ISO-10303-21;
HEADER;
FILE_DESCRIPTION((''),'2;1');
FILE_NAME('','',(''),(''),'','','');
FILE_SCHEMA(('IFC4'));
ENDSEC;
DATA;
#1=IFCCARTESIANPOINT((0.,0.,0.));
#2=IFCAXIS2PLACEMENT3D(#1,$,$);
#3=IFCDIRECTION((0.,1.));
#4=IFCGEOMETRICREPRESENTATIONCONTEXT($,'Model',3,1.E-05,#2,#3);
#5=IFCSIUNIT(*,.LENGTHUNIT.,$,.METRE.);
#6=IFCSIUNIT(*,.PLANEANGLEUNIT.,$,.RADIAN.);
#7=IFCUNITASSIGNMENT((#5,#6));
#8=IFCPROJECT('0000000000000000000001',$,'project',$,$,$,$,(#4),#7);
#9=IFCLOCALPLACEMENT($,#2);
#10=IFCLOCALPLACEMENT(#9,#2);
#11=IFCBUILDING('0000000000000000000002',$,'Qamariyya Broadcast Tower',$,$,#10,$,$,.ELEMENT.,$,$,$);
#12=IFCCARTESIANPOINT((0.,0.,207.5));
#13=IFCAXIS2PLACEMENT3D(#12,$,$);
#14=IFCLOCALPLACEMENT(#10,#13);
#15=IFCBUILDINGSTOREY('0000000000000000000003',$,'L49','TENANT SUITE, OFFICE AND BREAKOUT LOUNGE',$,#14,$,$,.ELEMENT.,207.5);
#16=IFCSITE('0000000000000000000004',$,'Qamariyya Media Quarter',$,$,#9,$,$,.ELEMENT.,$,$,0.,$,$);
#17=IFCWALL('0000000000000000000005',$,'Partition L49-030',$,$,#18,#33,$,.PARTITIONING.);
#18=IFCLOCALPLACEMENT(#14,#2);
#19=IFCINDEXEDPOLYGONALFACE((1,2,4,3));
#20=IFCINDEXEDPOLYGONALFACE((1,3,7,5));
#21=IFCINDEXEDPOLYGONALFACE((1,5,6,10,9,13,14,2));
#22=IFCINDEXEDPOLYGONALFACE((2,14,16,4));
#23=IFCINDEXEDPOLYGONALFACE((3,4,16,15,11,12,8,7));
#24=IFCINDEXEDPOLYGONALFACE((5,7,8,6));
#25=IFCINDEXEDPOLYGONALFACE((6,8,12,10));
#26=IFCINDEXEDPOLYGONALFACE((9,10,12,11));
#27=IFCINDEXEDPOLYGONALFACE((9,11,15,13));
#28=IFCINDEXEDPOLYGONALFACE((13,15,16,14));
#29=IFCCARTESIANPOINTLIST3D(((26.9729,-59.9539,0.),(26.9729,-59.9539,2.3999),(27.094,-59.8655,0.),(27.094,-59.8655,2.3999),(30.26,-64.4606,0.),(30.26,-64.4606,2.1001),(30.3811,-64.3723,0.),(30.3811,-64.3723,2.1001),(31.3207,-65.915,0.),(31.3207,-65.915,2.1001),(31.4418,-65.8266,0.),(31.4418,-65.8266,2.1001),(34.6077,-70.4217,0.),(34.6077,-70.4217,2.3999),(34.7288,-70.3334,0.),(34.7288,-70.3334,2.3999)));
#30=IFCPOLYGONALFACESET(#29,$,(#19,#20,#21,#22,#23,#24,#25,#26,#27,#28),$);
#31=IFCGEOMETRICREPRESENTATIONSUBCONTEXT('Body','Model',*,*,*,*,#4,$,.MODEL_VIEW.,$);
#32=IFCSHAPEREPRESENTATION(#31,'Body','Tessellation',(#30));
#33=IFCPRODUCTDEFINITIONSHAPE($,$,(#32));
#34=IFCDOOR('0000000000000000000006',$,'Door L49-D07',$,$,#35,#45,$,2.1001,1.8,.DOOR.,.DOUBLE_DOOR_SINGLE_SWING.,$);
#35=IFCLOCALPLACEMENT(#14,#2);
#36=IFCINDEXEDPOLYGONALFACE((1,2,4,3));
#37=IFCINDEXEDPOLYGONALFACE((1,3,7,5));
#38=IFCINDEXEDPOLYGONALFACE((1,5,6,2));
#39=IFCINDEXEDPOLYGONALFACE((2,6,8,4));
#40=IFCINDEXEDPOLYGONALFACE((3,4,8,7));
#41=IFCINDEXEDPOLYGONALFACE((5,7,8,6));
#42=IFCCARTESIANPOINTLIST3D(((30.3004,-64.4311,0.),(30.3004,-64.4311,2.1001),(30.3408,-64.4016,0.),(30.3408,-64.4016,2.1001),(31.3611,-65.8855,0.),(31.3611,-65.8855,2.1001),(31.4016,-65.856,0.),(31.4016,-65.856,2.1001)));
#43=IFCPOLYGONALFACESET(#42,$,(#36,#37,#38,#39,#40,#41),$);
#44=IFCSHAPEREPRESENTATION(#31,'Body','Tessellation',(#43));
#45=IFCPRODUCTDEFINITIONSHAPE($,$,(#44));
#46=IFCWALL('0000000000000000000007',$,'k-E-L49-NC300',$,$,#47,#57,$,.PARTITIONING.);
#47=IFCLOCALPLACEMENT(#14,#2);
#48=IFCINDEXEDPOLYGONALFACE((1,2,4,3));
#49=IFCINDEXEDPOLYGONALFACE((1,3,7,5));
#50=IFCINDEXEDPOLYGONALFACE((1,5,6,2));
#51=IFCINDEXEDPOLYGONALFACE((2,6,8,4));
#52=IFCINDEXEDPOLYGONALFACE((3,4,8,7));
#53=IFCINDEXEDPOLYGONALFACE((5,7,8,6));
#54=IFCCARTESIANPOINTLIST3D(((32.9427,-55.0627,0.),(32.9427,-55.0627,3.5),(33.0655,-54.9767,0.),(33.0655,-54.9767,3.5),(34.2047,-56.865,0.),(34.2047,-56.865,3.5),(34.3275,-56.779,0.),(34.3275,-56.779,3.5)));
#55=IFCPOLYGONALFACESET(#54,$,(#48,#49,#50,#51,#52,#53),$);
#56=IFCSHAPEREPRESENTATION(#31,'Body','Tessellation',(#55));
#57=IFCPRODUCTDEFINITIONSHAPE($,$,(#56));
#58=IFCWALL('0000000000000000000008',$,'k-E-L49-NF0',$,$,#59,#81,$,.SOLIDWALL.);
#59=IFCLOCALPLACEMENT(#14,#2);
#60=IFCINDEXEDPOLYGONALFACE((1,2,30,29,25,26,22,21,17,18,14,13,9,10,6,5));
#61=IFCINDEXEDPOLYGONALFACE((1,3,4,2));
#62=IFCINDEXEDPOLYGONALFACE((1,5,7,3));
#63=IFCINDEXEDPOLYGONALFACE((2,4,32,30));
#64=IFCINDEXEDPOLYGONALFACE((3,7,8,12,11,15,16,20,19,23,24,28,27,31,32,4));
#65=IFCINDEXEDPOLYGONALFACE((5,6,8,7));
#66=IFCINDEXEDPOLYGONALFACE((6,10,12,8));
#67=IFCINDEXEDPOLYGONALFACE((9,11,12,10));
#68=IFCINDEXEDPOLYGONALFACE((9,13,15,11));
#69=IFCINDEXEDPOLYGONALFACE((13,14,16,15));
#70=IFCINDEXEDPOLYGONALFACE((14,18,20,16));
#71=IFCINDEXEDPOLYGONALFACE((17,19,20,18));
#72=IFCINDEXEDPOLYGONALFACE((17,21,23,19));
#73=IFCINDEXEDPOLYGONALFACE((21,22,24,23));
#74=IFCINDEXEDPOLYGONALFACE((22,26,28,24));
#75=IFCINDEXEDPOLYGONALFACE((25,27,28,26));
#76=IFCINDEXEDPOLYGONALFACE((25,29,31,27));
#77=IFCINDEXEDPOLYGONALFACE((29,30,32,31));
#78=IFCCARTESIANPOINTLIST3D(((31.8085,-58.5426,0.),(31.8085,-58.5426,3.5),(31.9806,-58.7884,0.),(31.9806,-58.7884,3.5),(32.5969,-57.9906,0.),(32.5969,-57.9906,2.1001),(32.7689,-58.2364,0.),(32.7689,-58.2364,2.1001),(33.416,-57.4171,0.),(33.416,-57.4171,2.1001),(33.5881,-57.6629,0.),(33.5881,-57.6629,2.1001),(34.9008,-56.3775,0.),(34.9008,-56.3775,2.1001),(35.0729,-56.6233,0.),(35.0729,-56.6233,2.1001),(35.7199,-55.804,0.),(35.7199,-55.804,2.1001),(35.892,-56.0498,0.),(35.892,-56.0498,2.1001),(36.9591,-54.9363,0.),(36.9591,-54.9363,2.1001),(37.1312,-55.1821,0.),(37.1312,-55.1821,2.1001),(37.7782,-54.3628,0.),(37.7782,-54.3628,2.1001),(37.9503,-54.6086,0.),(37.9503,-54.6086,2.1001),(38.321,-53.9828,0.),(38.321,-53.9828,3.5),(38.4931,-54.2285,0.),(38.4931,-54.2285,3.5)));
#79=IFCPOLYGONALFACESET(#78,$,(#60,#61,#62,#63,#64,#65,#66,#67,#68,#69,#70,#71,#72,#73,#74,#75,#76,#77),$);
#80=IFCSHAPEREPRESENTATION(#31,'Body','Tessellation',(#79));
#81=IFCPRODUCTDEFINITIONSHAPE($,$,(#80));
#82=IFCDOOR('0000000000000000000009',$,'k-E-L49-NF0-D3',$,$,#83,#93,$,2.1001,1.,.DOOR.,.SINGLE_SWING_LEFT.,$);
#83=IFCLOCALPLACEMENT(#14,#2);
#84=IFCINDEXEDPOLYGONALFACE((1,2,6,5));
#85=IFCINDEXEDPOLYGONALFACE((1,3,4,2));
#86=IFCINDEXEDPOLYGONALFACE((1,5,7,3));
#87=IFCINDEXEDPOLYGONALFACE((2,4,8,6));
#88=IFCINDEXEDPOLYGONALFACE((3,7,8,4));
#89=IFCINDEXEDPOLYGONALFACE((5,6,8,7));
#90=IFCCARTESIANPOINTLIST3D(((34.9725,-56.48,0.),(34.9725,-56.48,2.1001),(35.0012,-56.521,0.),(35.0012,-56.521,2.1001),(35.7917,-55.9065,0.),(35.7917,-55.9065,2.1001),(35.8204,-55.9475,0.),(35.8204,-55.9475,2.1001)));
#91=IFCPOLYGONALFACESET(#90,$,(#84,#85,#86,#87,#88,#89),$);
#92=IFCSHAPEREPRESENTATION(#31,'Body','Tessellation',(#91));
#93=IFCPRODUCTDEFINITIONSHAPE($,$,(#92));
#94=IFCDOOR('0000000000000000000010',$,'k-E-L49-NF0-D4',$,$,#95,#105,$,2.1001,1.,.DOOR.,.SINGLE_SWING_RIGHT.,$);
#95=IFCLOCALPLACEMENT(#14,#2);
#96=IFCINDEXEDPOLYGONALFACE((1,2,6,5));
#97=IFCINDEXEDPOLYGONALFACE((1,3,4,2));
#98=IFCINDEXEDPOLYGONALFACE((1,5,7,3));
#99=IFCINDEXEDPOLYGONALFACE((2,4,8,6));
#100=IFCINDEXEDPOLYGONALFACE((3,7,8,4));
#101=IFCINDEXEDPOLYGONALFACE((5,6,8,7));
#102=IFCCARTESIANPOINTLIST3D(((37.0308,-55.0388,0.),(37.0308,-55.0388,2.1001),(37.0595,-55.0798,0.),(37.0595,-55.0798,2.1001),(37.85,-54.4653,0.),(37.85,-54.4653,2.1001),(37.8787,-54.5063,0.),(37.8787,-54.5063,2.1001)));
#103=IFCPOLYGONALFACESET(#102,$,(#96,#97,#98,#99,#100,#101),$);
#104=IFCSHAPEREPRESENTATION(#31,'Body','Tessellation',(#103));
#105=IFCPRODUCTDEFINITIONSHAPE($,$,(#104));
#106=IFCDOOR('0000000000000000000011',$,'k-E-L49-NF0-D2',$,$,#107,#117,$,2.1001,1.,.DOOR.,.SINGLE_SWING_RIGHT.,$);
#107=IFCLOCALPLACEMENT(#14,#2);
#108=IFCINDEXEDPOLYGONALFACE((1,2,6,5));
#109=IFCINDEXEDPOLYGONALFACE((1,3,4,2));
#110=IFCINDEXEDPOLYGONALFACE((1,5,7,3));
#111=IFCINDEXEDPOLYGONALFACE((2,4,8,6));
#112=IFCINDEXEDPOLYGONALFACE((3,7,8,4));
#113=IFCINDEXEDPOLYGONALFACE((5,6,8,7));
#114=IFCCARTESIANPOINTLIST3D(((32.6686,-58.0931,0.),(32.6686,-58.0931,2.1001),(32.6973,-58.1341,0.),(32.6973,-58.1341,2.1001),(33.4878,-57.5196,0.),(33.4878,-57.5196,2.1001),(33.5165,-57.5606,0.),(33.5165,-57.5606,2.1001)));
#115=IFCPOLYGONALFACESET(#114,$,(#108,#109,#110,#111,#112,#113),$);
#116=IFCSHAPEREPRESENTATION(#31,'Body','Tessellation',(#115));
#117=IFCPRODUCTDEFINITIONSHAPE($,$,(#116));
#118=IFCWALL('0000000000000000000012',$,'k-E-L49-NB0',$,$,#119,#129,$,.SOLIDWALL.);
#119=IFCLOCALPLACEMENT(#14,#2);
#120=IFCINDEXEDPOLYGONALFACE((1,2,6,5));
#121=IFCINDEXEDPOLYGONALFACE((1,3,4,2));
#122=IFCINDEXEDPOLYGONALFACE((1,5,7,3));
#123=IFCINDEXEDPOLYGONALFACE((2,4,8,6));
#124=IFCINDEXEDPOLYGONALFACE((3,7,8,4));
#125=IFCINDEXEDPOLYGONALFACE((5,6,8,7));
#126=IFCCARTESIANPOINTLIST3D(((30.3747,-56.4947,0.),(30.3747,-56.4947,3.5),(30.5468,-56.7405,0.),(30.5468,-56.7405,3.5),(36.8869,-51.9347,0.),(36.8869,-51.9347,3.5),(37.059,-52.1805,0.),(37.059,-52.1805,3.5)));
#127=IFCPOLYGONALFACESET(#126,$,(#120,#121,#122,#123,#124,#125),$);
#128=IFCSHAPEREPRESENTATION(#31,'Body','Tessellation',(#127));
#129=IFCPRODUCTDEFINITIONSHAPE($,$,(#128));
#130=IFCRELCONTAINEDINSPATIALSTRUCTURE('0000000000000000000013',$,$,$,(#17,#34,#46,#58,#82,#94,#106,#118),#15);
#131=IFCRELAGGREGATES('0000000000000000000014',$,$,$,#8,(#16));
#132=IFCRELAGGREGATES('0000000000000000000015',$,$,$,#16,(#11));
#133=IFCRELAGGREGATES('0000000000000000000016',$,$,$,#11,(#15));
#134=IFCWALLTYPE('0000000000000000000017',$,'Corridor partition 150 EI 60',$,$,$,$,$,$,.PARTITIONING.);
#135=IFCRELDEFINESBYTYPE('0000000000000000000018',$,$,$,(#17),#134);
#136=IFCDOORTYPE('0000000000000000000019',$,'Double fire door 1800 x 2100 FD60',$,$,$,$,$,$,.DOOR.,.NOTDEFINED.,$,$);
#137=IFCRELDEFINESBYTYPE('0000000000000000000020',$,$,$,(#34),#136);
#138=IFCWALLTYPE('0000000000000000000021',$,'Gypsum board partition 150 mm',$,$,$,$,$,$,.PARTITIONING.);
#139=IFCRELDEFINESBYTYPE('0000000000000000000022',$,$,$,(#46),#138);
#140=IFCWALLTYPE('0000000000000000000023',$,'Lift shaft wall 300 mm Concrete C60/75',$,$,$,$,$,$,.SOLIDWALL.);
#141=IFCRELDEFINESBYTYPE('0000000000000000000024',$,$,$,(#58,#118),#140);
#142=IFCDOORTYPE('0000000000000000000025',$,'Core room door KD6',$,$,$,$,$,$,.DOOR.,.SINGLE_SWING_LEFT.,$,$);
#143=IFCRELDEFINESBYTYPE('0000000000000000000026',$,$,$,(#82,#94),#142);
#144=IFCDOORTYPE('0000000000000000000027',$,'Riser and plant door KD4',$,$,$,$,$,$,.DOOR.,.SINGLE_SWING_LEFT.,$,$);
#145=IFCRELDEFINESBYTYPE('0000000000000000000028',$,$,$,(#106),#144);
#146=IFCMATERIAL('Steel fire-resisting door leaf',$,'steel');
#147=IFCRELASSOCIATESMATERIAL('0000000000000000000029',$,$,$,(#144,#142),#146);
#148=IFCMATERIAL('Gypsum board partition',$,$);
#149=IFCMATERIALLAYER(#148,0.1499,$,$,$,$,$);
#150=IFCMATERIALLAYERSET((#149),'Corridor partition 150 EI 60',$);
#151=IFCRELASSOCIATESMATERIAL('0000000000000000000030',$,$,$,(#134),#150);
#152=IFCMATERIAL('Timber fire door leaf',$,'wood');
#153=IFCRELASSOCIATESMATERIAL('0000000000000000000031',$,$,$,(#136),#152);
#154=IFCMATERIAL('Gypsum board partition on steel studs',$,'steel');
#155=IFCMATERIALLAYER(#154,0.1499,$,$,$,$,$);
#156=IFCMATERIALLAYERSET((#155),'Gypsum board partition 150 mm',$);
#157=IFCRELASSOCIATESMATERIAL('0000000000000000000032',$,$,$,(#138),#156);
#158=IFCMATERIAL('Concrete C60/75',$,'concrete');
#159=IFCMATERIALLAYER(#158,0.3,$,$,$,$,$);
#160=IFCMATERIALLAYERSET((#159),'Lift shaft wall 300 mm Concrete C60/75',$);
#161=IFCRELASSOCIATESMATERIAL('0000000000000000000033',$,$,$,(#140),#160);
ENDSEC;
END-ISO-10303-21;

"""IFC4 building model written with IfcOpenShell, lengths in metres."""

from ifc_helpers import new_model, si_unit, direction, frame, frame_2d, origin, place, context, subcontext, project, spatial, rectangle, extrude, material, layer, layer_set, type_object, element, fill, save


model = new_model("IFC4")

# Units and contexts
model_context = context("Model", 3, precision=1e-05, world=origin(), true_north=direction((0.0, 1.0)))
body_context = subcontext(model_context, "Body", "Model", "MODEL_VIEW")
ifc_project = project(units=[si_unit("LENGTHUNIT", "METRE"), si_unit("PLANEANGLEUNIT", "RADIAN")], contexts=[model_context])

# Site, building, storey
site_placement = place(None, origin())
site = spatial("IfcSite", under=ifc_project, at=site_placement, Name="Qamariyya Media Quarter", CompositionType="ELEMENT", RefElevation=0.0)
building_placement = place(site_placement, origin())
building = spatial("IfcBuilding", under=site, at=building_placement, Name="Qamariyya Broadcast Tower", CompositionType="ELEMENT")
storey_placement = place(building_placement, frame((0.0, 0.0, 207.5)))
storey = spatial("IfcBuildingStorey", under=building, at=storey_placement, Name="L49", Description="TENANT SUITE, OFFICE AND BREAKOUT LOUNGE", CompositionType="ELEMENT", Elevation=207.5)

# Shared definitions
ifc_material_1 = material(Name="Concrete C60/75", Category="concrete")

# Shared definitions
ifc_material_2 = material(Name="Steel fire-resisting door leaf", Category="steel")

# Shared definitions
door_type_1 = type_object("IfcDoorType", Name="Riser and plant door KD4", OperationType="SINGLE_SWING_LEFT", PredefinedType="DOOR", material=ifc_material_2)

# Wall, opening, door
ifc_material_3 = material(Name="Gypsum board partition")
ifc_layer_1 = layer(ifc_material_3, 0.1499)
ifc_layer_set_1 = layer_set([ifc_layer_1], Name="Corridor partition 150 EI 60")
wall_type_1 = type_object("IfcWallType", Name="Corridor partition 150 EI 60", PredefinedType="PARTITIONING", material=ifc_layer_set_1)
wall_1_placement = place(storey_placement, frame((34.6682, -70.3774, 0.0), z_axis=(0.0, 0.0, 1.0), x_axis=(-0.589274, 0.807934, 0.0)))
wall_1 = element("IfcWall", 1, at=wall_1_placement, inside=storey, type_object=wall_type_1, Name="Partition L49-030", PredefinedType="PARTITIONING", context=body_context, shape_type="SweptSolid", body=[
    extrude(rectangle(XDim=12.9563, YDim=0.1499, at=frame_2d((6.478, 0.0))), origin(), (0.0, 0.0, 1.0), 2.3999),
])
opening_1_placement = place(wall_1_placement, frame((5.5781, 0.0, 0.0)))
opening_1 = element("IfcOpeningElement", 2, at=opening_1_placement, cuts=wall_1, PredefinedType="OPENING", context=body_context, shape_type="SweptSolid", body=[
    extrude(rectangle(XDim=1.8, YDim=2.1001, at=frame_2d((0.8999, 1.05))), frame((0.0, 0.085, 0.0), z_axis=(0.0, -1.0, 0.0), x_axis=(1.0, 0.0, 0.0)), (0.0, 0.0, 1.0), 0.1699),
])
ifc_material_4 = material(Name="Timber fire door leaf", Category="wood")
door_type_2 = type_object("IfcDoorType", Name="Double fire door 1800 x 2100 FD60", OperationType="NOTDEFINED", PredefinedType="DOOR", material=ifc_material_4)
door_1_placement = place(opening_1_placement, origin())
door_1 = element("IfcDoor", 3, at=door_1_placement, inside=storey, type_object=door_type_2, Name="Door L49-D07", OperationType="DOUBLE_DOOR_SINGLE_SWING", OverallHeight=2.1001, OverallWidth=1.8, PredefinedType="DOOR", context=body_context, shape_type="SweptSolid", body=[
    extrude(rectangle(XDim=1.8, YDim=2.1001, at=frame_2d((0.8999, 1.05))), frame((0.0, 0.0249, 0.0), z_axis=(0.0, -1.0, 0.0), x_axis=(1.0, 0.0, 0.0)), (0.0, 0.0, 1.0), 0.05),
])
fill(opening_1, door_1)

# Wall
ifc_material_5 = material(Name="Gypsum board partition on steel studs", Category="steel")
ifc_layer_2 = layer(ifc_material_5, 0.1499)
ifc_layer_set_2 = layer_set([ifc_layer_2], Name="Gypsum board partition 150 mm")
wall_type_2 = type_object("IfcWallType", Name="Gypsum board partition 150 mm", PredefinedType="PARTITIONING", material=ifc_layer_set_2)
wall_2_placement = place(storey_placement, frame((34.2661, -56.822, 0.0), z_axis=(0.0, 0.0, 1.0), x_axis=(-0.573581, 0.819149, 0.0)))
element("IfcWall", 4, at=wall_2_placement, inside=storey, type_object=wall_type_2, Name="k-E-L49-NC300", PredefinedType="PARTITIONING", context=body_context, shape_type="SweptSolid", body=[
    extrude(rectangle(XDim=2.2002, YDim=0.1499, at=frame_2d((1.1001, 0.0))), origin(), (0.0, 0.0, 1.0), 3.5),
])

# Wall, openings, doors
ifc_layer_3 = layer(ifc_material_1, 0.3)
ifc_layer_set_3 = layer_set([ifc_layer_3], Name="Lift shaft wall 300 mm Concrete C60/75")
wall_type_3 = type_object("IfcWallType", Name="Lift shaft wall 300 mm Concrete C60/75", PredefinedType="SOLIDWALL", material=ifc_layer_set_3)
wall_3_placement = place(storey_placement, frame((31.8945, -58.6655, 0.0), z_axis=(0.0, 0.0, 1.0), x_axis=(0.819167, 0.573555, 0.0)))
wall_3 = element("IfcWall", 5, at=wall_3_placement, inside=storey, type_object=wall_type_3, Name="k-E-L49-NF0", PredefinedType="SOLIDWALL", context=body_context, shape_type="SweptSolid", body=[
    extrude(rectangle(XDim=7.9502, YDim=0.3, at=frame_2d((3.9751, 0.0))), origin(), (0.0, 0.0, 1.0), 3.5),
])
opening_2_placement = place(wall_3_placement, frame((0.9624, 0.0, 0.0)))
opening_2 = element("IfcOpeningElement", 6, at=opening_2_placement, cuts=wall_3, PredefinedType="OPENING", context=body_context, shape_type="SweptSolid", body=[
    extrude(rectangle(XDim=1.0, YDim=2.1001, at=frame_2d((0.5, 1.05))), frame((0.0, 0.1599, 0.0), z_axis=(0.0, -1.0, 0.0), x_axis=(1.0, 0.0, 0.0)), (0.0, 0.0, 1.0), 0.3201),
])
opening_3_placement = place(wall_3_placement, frame((3.7749, 0.0, 0.0)))
opening_3 = element("IfcOpeningElement", 7, at=opening_3_placement, cuts=wall_3, PredefinedType="OPENING", context=body_context, shape_type="SweptSolid", body=[
    extrude(rectangle(XDim=1.0, YDim=2.1001, at=frame_2d((0.5, 1.05))), frame((0.0, 0.1599, 0.0), z_axis=(0.0, -1.0, 0.0), x_axis=(1.0, 0.0, 0.0)), (0.0, 0.0, 1.0), 0.3201),
])
opening_4_placement = place(wall_3_placement, frame((6.2876, 0.0, 0.0)))
opening_4 = element("IfcOpeningElement", 8, at=opening_4_placement, cuts=wall_3, PredefinedType="OPENING", context=body_context, shape_type="SweptSolid", body=[
    extrude(rectangle(XDim=1.0, YDim=2.1001, at=frame_2d((0.5, 1.05))), frame((0.0, 0.1599, 0.0), z_axis=(0.0, -1.0, 0.0), x_axis=(1.0, 0.0, 0.0)), (0.0, 0.0, 1.0), 0.3201),
])
door_type_3 = type_object("IfcDoorType", Name="Core room door KD6", OperationType="SINGLE_SWING_LEFT", PredefinedType="DOOR", material=ifc_material_2)
door_2_placement = place(opening_3_placement, origin())
door_2 = element("IfcDoor", 9, at=door_2_placement, inside=storey, type_object=door_type_3, Name="k-E-L49-NF0-D3", OperationType="SINGLE_SWING_LEFT", OverallHeight=2.1001, OverallWidth=1.0, PredefinedType="DOOR", context=body_context, shape_type="SweptSolid", body=[
    extrude(rectangle(XDim=1.0, YDim=2.1001, at=frame_2d((0.5, 1.05))), frame((0.0, 0.0249, 0.0), z_axis=(0.0, -1.0, 0.0), x_axis=(1.0, 0.0, 0.0)), (0.0, 0.0, 1.0), 0.05),
])
fill(opening_3, door_2)
door_3_placement = place(opening_4_placement, origin())
door_3 = element("IfcDoor", 10, at=door_3_placement, inside=storey, type_object=door_type_3, Name="k-E-L49-NF0-D4", OperationType="SINGLE_SWING_RIGHT", OverallHeight=2.1001, OverallWidth=1.0, PredefinedType="DOOR", context=body_context, shape_type="SweptSolid", body=[
    extrude(rectangle(XDim=1.0, YDim=2.1001, at=frame_2d((0.5, 1.05))), frame((0.0, 0.0249, 0.0), z_axis=(0.0, -1.0, 0.0), x_axis=(1.0, 0.0, 0.0)), (0.0, 0.0, 1.0), 0.05),
])
fill(opening_4, door_3)
door_4_placement = place(opening_2_placement, origin())
door_4 = element("IfcDoor", 11, at=door_4_placement, inside=storey, type_object=door_type_1, Name="k-E-L49-NF0-D2", OperationType="SINGLE_SWING_RIGHT", OverallHeight=2.1001, OverallWidth=1.0, PredefinedType="DOOR", context=body_context, shape_type="SweptSolid", body=[
    extrude(rectangle(XDim=1.0, YDim=2.1001, at=frame_2d((0.5, 1.05))), frame((0.0, 0.0249, 0.0), z_axis=(0.0, -1.0, 0.0), x_axis=(1.0, 0.0, 0.0)), (0.0, 0.0, 1.0), 0.05),
])
fill(opening_2, door_4)

# Wall
wall_4_placement = place(storey_placement, frame((30.4607, -56.6177, 0.0), z_axis=(0.0, 0.0, 1.0), x_axis=(0.819142, 0.57359, 0.0)))
element("IfcWall", 12, at=wall_4_placement, inside=storey, type_object=wall_type_3, Name="k-E-L49-NB0", PredefinedType="SOLIDWALL", context=body_context, shape_type="SweptSolid", body=[
    extrude(rectangle(XDim=7.95, YDim=0.3, at=frame_2d((3.9751, 0.0))), origin(), (0.0, 0.0, 1.0), 3.5),
])

save(model, "model.ifc")
